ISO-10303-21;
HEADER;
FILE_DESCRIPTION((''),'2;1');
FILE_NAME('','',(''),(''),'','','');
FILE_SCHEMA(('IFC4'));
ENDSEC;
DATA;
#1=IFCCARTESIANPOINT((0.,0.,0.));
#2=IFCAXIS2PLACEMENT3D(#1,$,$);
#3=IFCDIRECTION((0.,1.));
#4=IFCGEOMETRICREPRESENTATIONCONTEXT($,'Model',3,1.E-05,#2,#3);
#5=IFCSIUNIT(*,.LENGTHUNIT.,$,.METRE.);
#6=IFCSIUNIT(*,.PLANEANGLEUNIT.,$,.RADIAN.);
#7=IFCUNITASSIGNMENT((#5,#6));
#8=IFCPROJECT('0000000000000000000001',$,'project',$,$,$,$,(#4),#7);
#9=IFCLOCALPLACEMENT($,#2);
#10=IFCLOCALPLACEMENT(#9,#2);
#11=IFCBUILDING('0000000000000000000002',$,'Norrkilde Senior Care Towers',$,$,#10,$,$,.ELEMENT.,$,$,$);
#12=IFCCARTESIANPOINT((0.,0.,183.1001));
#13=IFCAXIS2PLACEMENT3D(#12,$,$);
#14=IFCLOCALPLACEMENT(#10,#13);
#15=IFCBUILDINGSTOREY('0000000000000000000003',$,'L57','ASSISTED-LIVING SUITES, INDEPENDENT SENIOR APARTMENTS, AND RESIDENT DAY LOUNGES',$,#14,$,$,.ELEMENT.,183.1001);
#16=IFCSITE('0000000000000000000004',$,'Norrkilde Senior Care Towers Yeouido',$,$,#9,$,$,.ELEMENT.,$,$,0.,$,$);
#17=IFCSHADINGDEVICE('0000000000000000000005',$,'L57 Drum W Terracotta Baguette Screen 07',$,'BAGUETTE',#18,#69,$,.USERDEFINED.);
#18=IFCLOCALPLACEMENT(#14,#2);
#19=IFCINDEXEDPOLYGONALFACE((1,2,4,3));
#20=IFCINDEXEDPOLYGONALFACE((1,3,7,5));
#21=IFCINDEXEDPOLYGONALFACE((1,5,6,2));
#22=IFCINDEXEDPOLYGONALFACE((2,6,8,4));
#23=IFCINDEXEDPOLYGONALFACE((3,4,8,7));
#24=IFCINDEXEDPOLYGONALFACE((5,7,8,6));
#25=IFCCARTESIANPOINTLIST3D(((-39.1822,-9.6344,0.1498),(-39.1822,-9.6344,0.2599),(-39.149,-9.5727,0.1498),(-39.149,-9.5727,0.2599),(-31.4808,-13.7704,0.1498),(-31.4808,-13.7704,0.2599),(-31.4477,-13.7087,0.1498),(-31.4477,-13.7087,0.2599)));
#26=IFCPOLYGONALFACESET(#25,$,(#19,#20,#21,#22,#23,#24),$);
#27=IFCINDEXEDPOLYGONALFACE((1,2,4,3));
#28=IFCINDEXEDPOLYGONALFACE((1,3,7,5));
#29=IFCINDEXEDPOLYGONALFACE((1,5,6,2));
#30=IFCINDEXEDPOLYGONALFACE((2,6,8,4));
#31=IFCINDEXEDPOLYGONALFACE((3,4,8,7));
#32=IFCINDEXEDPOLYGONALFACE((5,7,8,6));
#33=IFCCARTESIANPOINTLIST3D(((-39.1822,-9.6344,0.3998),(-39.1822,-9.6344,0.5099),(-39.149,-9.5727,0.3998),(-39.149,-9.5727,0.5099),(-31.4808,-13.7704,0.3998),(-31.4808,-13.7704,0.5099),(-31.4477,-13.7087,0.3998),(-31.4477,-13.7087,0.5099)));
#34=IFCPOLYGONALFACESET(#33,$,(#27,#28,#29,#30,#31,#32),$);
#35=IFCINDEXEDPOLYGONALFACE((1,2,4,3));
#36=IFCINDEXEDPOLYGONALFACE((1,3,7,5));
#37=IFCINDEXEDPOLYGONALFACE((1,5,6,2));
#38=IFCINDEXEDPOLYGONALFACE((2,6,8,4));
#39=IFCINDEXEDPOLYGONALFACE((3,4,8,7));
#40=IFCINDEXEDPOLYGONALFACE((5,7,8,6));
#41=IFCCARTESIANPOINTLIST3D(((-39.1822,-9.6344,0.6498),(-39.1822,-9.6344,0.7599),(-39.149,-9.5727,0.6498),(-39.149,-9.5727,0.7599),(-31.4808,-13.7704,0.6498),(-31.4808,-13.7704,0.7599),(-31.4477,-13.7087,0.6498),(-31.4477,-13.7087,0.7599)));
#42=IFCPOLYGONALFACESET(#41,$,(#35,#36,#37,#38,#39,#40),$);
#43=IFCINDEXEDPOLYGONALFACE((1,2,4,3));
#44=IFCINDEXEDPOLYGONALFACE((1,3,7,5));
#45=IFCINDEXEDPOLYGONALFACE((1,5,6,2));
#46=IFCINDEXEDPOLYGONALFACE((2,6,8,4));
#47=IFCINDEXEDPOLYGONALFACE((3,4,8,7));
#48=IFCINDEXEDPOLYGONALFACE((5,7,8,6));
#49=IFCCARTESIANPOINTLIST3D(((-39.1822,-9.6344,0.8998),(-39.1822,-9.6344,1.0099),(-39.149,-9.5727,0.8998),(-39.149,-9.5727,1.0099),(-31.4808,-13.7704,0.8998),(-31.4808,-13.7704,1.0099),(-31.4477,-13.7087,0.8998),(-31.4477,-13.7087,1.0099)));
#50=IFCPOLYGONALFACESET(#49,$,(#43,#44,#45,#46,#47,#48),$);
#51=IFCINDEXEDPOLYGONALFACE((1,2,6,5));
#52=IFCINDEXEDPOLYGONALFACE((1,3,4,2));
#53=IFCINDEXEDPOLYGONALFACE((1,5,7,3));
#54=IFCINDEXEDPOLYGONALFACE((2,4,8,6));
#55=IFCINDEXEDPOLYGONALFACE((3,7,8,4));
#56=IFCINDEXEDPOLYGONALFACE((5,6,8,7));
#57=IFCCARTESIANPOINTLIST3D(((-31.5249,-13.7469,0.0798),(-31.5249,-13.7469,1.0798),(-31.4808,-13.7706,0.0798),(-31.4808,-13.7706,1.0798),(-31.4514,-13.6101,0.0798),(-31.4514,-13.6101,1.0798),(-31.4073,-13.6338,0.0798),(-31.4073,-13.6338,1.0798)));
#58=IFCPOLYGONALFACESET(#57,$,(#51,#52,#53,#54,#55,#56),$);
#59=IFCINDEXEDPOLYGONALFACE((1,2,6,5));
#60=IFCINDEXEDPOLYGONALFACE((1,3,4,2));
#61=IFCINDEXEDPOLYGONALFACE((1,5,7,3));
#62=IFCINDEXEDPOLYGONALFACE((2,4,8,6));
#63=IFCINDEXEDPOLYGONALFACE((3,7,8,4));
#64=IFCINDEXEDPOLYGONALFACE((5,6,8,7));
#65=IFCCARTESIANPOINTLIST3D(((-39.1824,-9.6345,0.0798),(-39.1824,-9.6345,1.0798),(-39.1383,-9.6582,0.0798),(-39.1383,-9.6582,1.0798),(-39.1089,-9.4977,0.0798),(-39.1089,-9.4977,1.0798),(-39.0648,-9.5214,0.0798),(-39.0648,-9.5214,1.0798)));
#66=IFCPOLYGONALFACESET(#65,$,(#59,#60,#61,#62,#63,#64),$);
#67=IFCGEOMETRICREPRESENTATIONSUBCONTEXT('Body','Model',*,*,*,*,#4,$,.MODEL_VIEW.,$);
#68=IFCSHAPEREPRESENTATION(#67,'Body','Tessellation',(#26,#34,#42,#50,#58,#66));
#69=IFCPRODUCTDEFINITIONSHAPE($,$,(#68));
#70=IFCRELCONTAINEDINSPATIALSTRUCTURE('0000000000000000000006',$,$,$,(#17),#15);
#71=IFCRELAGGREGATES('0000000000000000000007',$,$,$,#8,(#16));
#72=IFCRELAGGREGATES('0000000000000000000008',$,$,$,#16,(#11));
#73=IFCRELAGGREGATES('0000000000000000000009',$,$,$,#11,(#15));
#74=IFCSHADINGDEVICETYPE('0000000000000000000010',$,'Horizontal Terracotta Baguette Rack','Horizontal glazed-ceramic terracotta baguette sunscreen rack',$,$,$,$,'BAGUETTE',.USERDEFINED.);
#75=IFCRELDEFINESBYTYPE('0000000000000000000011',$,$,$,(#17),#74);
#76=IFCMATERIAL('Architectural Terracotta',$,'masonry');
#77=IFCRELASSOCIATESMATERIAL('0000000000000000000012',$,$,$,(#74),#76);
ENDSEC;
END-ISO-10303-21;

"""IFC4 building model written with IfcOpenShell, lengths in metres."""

from ifc_helpers import new_model, si_unit, direction, frame, origin, origin_2d, place, context, subcontext, project, spatial, rectangle, extrude, source, transform, mapped, material, type_object, type_shapes, element, save


model = new_model("IFC4")

# Units and contexts
model_context = context("Model", 3, precision=1e-05, world=origin(), true_north=direction((0.0, 1.0)))
body_context = subcontext(model_context, "Body", "Model", "MODEL_VIEW")
ifc_project = project(units=[si_unit("LENGTHUNIT", "METRE"), si_unit("PLANEANGLEUNIT", "RADIAN")], contexts=[model_context])

# Site, building, storey
site_placement = place(None, origin())
site = spatial("IfcSite", under=ifc_project, at=site_placement, Name="Norrkilde Senior Care Towers Yeouido", CompositionType="ELEMENT", RefElevation=0.0)
building_placement = place(site_placement, origin())
building = spatial("IfcBuilding", under=site, at=building_placement, Name="Norrkilde Senior Care Towers", CompositionType="ELEMENT")
storey_placement = place(building_placement, frame((0.0, 0.0, 183.1001)))
storey = spatial("IfcBuildingStorey", under=building, at=storey_placement, Name="L57", Description="ASSISTED-LIVING SUITES, INDEPENDENT SENIOR APARTMENTS, AND RESIDENT DAY LOUNGES", CompositionType="ELEMENT", Elevation=183.1001)

# Shading device
ifc_material_1 = material(Name="Architectural Terracotta", Category="masonry")
shading_device_type = type_object("IfcShadingDeviceType", Name="Horizontal Terracotta Baguette Rack", Description="Horizontal glazed-ceramic terracotta baguette sunscreen rack", ElementType="BAGUETTE", PredefinedType="USERDEFINED", material=ifc_material_1)
shared_shape_1 = source(origin(), body_context, "Body", "SweptSolid", [
    extrude(rectangle(XDim=0.0701, YDim=0.1101, at=origin_2d()), frame((0.0, 0.0901, 0.125), z_axis=(1.0, 0.0, 0.0), x_axis=(0.0, 1.0, 0.0)), (0.0, 0.0, 1.0), 8.7417),
    extrude(rectangle(XDim=0.0701, YDim=0.1101, at=origin_2d()), frame((0.0, 0.0901, 0.375), z_axis=(1.0, 0.0, 0.0), x_axis=(0.0, 1.0, 0.0)), (0.0, 0.0, 1.0), 8.7417),
    extrude(rectangle(XDim=0.0701, YDim=0.1101, at=origin_2d()), frame((0.0, 0.0901, 0.625), z_axis=(1.0, 0.0, 0.0), x_axis=(0.0, 1.0, 0.0)), (0.0, 0.0, 1.0), 8.7417),
    extrude(rectangle(XDim=0.0701, YDim=0.1101, at=origin_2d()), frame((0.0, 0.0901, 0.875), z_axis=(1.0, 0.0, 0.0), x_axis=(0.0, 1.0, 0.0)), (0.0, 0.0, 1.0), 8.7417),
    extrude(rectangle(XDim=0.05, YDim=0.1553, at=origin_2d()), frame((0.0249, 0.0476, 0.0)), (0.0, 0.0, 1.0), 1.0),
    extrude(rectangle(XDim=0.05, YDim=0.1553, at=origin_2d()), frame((8.7168, 0.0476, 0.0)), (0.0, 0.0, 1.0), 1.0),
])
type_shapes(shading_device_type, [shared_shape_1])
shading_device_placement = place(storey_placement, frame((-31.4216, -13.6602, 0.0798), z_axis=(0.0, 0.0, 1.0), x_axis=(-0.880998, 0.473133, 0.0)))
element("IfcShadingDevice", 1, at=shading_device_placement, inside=storey, type_object=shading_device_type, Name="L57 Drum W Terracotta Baguette Screen 07", ObjectType="BAGUETTE", PredefinedType="USERDEFINED", context=body_context, shape_type="MappedRepresentation", body=[
    mapped(shared_shape_1, transform((0.0, 0.0, 0.0), x_axis=(1.0, 0.0, 0.0), y_axis=(0.0, 1.0, 0.0), z_axis=(0.0, 0.0, 1.0), scale=1.0)),
])

save(model, "model.ifc")
